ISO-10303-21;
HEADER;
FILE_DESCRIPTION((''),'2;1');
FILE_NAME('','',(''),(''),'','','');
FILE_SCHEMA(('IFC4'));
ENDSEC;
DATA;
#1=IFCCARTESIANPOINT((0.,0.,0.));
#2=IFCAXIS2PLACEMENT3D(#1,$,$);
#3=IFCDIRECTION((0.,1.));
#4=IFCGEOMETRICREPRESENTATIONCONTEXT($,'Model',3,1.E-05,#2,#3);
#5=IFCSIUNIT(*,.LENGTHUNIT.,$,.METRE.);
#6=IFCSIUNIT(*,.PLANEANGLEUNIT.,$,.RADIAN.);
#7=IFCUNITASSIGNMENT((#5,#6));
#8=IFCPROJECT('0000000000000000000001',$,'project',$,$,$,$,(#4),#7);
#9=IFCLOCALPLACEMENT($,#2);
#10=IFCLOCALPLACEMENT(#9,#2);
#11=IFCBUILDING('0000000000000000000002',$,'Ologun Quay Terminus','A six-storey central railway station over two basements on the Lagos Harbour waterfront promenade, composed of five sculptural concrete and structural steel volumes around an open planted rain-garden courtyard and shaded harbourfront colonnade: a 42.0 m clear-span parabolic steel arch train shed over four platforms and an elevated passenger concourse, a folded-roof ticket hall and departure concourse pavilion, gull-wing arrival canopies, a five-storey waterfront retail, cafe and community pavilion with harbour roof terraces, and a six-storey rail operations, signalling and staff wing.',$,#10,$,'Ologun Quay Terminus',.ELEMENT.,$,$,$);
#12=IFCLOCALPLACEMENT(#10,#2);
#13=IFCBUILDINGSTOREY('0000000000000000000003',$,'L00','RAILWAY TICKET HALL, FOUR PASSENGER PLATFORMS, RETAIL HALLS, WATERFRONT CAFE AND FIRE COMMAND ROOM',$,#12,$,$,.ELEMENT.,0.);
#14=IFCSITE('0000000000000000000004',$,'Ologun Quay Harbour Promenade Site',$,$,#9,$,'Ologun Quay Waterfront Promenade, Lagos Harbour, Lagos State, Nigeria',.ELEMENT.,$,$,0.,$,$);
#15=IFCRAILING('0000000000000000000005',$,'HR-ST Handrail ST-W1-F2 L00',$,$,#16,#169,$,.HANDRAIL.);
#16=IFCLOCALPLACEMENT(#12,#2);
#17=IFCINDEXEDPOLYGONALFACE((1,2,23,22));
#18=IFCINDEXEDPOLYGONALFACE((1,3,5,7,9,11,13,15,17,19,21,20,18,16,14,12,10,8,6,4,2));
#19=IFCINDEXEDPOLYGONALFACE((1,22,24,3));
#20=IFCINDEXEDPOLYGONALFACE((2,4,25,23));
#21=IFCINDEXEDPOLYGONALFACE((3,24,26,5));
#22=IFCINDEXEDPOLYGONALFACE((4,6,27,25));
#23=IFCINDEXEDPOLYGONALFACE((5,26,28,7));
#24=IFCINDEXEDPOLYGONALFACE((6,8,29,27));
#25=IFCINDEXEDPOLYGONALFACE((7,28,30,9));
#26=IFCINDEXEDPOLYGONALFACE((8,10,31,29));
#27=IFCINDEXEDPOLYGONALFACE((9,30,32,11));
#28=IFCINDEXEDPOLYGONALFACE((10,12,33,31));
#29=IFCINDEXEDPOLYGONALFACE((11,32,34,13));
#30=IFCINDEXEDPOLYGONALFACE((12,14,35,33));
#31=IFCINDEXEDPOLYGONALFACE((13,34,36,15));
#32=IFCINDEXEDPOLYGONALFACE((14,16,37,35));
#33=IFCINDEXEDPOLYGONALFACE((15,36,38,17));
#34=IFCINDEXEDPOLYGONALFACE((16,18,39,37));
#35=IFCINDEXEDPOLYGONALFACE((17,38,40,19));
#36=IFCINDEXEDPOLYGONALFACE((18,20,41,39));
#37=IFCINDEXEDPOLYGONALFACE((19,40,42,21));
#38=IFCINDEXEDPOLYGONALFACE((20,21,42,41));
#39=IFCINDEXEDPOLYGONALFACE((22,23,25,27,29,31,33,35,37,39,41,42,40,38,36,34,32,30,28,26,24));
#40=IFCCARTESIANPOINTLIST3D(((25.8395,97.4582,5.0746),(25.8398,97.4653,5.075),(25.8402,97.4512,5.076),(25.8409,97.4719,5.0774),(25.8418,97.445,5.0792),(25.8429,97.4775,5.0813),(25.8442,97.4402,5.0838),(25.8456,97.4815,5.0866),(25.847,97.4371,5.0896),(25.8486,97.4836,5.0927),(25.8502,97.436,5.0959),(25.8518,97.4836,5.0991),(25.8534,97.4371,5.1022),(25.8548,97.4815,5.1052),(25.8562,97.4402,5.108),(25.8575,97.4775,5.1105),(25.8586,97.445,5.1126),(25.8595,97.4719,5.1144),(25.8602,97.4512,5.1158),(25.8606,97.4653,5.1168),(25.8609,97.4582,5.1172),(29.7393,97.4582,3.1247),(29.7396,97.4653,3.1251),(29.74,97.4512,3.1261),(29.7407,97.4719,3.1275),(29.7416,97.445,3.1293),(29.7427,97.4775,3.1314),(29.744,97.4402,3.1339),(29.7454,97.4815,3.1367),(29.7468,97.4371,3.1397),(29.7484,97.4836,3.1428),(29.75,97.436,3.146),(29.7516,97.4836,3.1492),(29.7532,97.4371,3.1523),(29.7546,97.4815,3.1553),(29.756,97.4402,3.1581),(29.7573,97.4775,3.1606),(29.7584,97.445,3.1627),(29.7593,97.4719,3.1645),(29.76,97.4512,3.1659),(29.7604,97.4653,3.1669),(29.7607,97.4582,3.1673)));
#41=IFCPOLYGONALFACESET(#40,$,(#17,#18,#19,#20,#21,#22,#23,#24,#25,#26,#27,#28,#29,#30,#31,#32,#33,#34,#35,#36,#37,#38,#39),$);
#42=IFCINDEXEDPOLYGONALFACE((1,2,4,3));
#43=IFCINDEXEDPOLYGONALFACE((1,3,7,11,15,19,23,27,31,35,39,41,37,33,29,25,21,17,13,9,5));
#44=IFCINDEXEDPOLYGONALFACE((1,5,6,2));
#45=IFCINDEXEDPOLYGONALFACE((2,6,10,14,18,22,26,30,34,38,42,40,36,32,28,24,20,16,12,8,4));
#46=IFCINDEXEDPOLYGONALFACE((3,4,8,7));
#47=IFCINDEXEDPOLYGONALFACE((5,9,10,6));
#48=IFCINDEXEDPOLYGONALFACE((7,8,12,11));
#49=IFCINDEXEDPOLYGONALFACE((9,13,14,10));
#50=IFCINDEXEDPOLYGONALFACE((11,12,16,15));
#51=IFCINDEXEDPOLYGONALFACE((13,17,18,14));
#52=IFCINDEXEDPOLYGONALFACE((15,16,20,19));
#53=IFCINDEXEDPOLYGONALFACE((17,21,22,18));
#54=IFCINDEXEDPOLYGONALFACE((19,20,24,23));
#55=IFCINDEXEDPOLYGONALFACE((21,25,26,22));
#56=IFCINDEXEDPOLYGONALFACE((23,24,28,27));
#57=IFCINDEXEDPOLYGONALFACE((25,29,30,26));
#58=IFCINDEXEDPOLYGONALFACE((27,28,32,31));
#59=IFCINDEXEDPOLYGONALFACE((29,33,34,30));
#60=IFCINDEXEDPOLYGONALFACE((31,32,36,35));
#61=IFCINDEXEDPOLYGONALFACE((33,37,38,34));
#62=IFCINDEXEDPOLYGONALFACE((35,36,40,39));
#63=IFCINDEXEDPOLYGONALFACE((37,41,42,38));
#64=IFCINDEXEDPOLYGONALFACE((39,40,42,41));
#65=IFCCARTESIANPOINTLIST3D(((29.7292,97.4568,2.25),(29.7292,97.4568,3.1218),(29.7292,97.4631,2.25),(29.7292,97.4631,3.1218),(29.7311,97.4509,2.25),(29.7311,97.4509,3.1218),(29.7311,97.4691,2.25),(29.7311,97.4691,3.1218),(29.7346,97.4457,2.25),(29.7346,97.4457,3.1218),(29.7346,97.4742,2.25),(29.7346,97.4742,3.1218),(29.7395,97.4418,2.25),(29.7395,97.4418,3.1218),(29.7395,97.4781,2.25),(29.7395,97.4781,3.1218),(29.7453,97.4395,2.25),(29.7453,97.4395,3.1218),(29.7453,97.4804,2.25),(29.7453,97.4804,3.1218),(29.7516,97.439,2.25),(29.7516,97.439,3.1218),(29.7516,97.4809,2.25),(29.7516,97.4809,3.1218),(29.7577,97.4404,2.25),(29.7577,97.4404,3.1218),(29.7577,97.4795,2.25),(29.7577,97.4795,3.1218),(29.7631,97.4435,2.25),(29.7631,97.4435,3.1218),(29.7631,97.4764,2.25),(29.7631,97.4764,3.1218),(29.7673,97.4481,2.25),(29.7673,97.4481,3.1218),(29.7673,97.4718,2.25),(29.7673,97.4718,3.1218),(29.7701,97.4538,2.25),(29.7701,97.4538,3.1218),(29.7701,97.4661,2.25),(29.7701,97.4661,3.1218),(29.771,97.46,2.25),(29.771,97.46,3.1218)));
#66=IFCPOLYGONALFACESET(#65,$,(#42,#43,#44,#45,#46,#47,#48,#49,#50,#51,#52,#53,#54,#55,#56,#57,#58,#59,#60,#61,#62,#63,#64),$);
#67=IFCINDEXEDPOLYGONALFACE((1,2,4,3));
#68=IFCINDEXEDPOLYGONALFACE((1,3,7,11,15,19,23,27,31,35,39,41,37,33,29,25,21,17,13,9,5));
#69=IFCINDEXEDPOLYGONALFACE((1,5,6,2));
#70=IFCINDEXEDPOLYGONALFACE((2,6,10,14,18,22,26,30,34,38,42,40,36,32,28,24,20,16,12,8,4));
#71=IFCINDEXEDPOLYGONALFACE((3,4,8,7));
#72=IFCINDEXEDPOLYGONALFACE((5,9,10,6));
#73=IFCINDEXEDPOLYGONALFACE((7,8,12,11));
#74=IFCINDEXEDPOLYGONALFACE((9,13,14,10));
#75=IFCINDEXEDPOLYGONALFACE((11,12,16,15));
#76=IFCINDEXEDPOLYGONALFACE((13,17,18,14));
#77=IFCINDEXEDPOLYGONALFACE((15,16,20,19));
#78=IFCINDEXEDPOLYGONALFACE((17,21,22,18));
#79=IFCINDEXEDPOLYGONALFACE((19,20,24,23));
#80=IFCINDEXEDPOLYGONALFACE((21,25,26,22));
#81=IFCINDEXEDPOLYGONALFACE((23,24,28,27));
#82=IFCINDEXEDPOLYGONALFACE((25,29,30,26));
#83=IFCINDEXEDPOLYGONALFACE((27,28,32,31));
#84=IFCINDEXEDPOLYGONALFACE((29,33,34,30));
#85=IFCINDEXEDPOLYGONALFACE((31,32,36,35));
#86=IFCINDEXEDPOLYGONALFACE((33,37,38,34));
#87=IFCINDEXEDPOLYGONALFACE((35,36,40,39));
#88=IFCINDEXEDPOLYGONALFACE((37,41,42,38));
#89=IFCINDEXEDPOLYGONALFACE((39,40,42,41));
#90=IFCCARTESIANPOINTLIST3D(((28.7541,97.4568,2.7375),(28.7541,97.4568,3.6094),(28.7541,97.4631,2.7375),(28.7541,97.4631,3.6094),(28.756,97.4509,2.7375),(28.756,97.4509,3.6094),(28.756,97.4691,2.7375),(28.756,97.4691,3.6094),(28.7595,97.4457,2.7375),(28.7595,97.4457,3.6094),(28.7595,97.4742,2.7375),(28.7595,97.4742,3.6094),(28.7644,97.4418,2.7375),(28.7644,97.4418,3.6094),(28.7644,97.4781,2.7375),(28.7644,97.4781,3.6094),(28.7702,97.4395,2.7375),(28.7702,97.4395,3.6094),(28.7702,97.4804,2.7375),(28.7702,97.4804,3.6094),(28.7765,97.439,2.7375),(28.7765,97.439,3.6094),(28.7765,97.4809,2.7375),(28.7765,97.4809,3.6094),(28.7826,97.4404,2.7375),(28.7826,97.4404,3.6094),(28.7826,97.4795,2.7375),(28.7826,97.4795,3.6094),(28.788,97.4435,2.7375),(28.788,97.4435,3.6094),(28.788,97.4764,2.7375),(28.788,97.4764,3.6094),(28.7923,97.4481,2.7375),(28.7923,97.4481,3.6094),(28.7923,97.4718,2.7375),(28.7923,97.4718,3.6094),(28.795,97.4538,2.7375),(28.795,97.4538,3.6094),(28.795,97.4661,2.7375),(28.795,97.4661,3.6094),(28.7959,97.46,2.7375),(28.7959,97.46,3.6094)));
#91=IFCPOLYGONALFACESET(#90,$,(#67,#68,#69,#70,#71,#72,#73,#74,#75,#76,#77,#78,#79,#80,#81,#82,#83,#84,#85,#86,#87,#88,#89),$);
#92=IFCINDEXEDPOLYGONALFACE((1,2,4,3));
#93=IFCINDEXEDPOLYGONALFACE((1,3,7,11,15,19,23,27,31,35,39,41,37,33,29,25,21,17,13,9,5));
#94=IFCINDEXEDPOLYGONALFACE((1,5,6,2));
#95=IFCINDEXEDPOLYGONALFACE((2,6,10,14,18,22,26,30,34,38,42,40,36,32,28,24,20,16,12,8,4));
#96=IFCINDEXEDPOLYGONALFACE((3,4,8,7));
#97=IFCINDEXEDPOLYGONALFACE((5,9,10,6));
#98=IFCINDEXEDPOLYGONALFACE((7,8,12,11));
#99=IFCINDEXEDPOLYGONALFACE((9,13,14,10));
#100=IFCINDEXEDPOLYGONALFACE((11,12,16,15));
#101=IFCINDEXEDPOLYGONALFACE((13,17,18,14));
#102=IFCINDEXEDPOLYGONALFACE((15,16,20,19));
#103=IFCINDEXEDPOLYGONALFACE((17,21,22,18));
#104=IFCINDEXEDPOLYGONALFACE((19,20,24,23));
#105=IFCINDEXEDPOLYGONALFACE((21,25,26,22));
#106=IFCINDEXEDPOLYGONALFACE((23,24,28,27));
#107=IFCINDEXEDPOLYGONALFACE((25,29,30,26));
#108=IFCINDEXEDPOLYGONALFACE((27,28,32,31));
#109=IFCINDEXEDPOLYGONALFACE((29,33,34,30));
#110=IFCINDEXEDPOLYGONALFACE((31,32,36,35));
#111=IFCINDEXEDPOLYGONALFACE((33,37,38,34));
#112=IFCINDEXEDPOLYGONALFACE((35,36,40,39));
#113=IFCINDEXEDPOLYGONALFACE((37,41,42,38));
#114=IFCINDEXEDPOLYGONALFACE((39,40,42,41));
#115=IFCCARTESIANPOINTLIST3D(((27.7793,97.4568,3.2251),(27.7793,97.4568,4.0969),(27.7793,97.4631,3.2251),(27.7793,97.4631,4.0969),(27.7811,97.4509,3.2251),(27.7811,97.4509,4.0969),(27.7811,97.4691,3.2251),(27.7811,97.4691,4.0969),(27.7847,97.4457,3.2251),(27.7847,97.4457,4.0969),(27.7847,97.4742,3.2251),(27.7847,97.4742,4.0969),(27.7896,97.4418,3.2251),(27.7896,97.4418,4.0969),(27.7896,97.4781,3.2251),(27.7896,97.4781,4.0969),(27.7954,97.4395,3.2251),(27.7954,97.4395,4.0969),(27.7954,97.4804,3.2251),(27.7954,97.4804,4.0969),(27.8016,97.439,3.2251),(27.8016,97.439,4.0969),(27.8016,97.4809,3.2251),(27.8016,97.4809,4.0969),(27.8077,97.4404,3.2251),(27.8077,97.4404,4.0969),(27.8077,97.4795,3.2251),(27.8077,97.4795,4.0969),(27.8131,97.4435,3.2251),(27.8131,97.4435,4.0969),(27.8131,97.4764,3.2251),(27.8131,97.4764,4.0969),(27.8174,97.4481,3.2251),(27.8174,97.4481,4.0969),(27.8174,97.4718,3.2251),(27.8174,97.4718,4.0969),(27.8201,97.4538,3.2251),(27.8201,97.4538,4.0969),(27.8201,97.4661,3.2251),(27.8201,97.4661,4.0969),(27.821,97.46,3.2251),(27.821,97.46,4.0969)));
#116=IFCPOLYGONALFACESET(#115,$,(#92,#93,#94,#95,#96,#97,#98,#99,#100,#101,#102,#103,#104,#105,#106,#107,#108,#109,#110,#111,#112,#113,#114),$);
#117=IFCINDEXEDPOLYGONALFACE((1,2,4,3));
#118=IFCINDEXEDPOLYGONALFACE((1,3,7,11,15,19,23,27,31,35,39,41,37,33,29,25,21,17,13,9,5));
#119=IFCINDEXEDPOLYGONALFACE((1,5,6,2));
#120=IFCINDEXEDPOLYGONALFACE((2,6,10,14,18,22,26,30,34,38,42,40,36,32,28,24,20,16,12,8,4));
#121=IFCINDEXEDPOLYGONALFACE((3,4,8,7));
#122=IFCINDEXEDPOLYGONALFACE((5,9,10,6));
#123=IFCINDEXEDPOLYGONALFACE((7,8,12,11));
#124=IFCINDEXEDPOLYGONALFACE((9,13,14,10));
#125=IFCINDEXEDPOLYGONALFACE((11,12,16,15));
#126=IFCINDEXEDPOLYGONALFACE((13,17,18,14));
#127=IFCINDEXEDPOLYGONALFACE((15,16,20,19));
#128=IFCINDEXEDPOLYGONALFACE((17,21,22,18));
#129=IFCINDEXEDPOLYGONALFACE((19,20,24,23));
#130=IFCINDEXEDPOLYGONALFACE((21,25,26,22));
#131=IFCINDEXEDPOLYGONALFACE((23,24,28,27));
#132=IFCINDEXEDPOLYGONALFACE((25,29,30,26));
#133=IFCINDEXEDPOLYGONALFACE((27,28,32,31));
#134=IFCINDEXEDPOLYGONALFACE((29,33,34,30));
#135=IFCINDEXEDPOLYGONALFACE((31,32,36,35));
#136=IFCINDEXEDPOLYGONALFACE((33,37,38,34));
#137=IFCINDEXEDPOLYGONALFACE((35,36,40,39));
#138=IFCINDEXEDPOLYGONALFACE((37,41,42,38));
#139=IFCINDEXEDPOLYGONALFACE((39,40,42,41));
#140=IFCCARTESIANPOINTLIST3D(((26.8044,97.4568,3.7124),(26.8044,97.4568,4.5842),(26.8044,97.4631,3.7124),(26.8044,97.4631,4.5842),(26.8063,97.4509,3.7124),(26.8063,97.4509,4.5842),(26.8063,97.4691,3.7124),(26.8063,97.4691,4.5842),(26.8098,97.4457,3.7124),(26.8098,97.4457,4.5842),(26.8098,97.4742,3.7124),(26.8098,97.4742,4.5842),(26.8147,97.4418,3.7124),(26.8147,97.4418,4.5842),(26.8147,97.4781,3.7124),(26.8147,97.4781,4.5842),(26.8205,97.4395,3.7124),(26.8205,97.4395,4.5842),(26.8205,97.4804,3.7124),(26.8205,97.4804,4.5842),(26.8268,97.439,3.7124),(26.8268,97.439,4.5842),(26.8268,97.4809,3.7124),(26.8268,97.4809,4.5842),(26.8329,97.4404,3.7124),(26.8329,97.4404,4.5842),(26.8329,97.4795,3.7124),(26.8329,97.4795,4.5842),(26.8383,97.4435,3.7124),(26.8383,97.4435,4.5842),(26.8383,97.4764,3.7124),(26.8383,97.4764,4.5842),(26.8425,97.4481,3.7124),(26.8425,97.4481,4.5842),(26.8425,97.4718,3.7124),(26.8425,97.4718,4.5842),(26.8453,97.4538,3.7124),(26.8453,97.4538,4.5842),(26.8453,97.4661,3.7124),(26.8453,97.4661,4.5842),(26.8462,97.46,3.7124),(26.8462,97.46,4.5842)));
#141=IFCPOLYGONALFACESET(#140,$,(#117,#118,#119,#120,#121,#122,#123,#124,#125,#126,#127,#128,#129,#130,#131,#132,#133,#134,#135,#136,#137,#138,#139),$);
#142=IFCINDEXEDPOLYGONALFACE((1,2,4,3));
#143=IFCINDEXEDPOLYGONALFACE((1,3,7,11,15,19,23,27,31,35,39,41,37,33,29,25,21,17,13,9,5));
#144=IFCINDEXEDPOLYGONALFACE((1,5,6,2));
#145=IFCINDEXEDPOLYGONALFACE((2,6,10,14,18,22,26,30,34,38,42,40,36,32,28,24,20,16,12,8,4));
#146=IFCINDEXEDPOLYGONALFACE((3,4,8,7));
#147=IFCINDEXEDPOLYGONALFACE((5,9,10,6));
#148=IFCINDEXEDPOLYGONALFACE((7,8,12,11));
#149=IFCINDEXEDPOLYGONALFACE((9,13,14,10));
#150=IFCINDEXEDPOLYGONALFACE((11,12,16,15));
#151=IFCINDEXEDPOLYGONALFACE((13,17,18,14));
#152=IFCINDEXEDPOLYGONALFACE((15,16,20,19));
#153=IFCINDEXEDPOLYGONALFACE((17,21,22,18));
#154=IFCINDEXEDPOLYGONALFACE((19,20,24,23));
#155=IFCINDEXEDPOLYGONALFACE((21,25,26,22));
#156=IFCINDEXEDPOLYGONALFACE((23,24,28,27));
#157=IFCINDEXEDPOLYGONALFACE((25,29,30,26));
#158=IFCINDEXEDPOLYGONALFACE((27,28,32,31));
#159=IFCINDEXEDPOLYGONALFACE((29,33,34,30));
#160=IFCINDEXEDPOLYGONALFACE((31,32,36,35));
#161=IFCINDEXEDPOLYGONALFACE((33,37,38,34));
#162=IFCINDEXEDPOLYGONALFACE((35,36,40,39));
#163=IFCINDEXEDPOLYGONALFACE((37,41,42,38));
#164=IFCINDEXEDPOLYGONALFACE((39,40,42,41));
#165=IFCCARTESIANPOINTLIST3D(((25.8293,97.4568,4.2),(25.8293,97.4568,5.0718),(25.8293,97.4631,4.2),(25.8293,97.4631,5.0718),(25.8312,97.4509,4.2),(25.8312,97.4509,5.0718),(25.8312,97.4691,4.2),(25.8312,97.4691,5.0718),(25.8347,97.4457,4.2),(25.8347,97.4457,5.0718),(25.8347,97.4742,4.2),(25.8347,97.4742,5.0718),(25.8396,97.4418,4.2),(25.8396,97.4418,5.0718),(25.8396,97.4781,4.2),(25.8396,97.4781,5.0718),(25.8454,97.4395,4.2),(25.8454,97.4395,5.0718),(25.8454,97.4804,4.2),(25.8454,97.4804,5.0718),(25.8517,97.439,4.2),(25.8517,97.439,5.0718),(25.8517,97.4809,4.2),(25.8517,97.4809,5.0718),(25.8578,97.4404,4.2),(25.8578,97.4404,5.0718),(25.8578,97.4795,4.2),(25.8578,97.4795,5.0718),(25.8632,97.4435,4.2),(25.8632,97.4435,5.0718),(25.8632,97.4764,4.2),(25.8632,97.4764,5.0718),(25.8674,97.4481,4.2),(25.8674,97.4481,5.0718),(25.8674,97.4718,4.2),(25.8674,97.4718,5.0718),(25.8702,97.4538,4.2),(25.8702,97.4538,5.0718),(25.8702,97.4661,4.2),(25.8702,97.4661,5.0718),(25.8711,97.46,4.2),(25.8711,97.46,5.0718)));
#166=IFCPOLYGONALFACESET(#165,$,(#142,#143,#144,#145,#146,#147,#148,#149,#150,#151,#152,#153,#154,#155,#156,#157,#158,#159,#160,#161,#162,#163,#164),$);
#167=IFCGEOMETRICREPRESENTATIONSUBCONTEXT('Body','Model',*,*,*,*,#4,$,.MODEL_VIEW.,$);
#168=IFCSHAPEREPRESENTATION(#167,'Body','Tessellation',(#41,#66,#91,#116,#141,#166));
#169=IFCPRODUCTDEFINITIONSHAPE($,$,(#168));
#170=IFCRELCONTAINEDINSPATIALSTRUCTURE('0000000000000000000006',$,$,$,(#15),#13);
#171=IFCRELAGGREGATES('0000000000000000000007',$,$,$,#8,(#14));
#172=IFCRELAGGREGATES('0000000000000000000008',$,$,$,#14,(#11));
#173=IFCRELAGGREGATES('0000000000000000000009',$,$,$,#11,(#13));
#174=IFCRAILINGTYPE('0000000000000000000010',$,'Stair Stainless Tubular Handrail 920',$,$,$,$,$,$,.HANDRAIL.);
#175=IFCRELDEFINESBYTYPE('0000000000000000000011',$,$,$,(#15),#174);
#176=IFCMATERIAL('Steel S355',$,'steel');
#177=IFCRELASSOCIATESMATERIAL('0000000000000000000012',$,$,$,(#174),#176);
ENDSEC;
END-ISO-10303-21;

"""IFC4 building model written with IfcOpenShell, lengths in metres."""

from ifc_helpers import new_model, si_unit, direction, frame, origin, origin_2d, place, context, subcontext, project, spatial, circle, extrude, material, type_object, element, save


model = new_model("IFC4")

# Units and contexts
model_context = context("Model", 3, precision=1e-05, world=origin(), true_north=direction((0.0, 1.0)))
body_context = subcontext(model_context, "Body", "Model", "MODEL_VIEW")
ifc_project = project(units=[si_unit("LENGTHUNIT", "METRE"), si_unit("PLANEANGLEUNIT", "RADIAN")], contexts=[model_context])

# Site, building, storey
site_placement = place(None, origin())
site = spatial("IfcSite", under=ifc_project, at=site_placement, Name="Ologun Quay Harbour Promenade Site", LongName="Ologun Quay Waterfront Promenade, Lagos Harbour, Lagos State, Nigeria", CompositionType="ELEMENT", RefElevation=0.0)
building_placement = place(site_placement, origin())
building = spatial("IfcBuilding", under=site, at=building_placement, Name="Ologun Quay Terminus", Description="A six-storey central railway station over two basements on the Lagos Harbour waterfront promenade, composed of five sculptural concrete and structural steel volumes around an open planted rain-garden courtyard and shaded harbourfront colonnade: a 42.0 m clear-span parabolic steel arch train shed over four platforms and an elevated passenger concourse, a folded-roof ticket hall and departure concourse pavilion, gull-wing arrival canopies, a five-storey waterfront retail, cafe and community pavilion with harbour roof terraces, and a six-storey rail operations, signalling and staff wing.", LongName="Ologun Quay Terminus", CompositionType="ELEMENT")
storey_placement = place(building_placement, origin())
storey = spatial("IfcBuildingStorey", under=building, at=storey_placement, Name="L00", Description="RAILWAY TICKET HALL, FOUR PASSENGER PLATFORMS, RETAIL HALLS, WATERFRONT CAFE AND FIRE COMMAND ROOM", CompositionType="ELEMENT", Elevation=0.0)

# Railing
ifc_material_1 = material(Name="Steel S355", Category="steel")
railing_type_1 = type_object("IfcRailingType", Name="Stair Stainless Tubular Handrail 920", PredefinedType="HANDRAIL", material=ifc_material_1)
railing_1_placement = place(storey_placement, frame((29.75, 97.46, 2.25)))
element("IfcRailing", 1, at=railing_1_placement, inside=storey, type_object=railing_type_1, Name="HR-ST Handrail ST-W1-F2 L00", PredefinedType="HANDRAIL", context=body_context, shape_type="SweptSolid", body=[
    extrude(circle(Radius=0.0239, at=origin_2d()), frame((0.0, 0.0, 0.896), z_axis=(-0.894427, 0.0, 0.447214), x_axis=(0.0, -1.0, 0.0)), (0.0, 0.0, 1.0), 4.3601),
    extrude(circle(Radius=0.021, at=origin_2d()), origin(), (0.0, 0.0, 1.0), 0.8718),
    extrude(circle(Radius=0.021, at=origin_2d()), frame((-0.9751, 0.0, 0.4875)), (0.0, 0.0, 1.0), 0.8718),
    extrude(circle(Radius=0.021, at=origin_2d()), frame((-1.95, 0.0, 0.9751)), (0.0, 0.0, 1.0), 0.8718),
    extrude(circle(Radius=0.021, at=origin_2d()), frame((-2.9248, 0.0, 1.4624)), (0.0, 0.0, 1.0), 0.8718),
    extrude(circle(Radius=0.021, at=origin_2d()), frame((-3.8999, 0.0, 1.95)), (0.0, 0.0, 1.0), 0.8718),
])

save(model, "model.ifc")
